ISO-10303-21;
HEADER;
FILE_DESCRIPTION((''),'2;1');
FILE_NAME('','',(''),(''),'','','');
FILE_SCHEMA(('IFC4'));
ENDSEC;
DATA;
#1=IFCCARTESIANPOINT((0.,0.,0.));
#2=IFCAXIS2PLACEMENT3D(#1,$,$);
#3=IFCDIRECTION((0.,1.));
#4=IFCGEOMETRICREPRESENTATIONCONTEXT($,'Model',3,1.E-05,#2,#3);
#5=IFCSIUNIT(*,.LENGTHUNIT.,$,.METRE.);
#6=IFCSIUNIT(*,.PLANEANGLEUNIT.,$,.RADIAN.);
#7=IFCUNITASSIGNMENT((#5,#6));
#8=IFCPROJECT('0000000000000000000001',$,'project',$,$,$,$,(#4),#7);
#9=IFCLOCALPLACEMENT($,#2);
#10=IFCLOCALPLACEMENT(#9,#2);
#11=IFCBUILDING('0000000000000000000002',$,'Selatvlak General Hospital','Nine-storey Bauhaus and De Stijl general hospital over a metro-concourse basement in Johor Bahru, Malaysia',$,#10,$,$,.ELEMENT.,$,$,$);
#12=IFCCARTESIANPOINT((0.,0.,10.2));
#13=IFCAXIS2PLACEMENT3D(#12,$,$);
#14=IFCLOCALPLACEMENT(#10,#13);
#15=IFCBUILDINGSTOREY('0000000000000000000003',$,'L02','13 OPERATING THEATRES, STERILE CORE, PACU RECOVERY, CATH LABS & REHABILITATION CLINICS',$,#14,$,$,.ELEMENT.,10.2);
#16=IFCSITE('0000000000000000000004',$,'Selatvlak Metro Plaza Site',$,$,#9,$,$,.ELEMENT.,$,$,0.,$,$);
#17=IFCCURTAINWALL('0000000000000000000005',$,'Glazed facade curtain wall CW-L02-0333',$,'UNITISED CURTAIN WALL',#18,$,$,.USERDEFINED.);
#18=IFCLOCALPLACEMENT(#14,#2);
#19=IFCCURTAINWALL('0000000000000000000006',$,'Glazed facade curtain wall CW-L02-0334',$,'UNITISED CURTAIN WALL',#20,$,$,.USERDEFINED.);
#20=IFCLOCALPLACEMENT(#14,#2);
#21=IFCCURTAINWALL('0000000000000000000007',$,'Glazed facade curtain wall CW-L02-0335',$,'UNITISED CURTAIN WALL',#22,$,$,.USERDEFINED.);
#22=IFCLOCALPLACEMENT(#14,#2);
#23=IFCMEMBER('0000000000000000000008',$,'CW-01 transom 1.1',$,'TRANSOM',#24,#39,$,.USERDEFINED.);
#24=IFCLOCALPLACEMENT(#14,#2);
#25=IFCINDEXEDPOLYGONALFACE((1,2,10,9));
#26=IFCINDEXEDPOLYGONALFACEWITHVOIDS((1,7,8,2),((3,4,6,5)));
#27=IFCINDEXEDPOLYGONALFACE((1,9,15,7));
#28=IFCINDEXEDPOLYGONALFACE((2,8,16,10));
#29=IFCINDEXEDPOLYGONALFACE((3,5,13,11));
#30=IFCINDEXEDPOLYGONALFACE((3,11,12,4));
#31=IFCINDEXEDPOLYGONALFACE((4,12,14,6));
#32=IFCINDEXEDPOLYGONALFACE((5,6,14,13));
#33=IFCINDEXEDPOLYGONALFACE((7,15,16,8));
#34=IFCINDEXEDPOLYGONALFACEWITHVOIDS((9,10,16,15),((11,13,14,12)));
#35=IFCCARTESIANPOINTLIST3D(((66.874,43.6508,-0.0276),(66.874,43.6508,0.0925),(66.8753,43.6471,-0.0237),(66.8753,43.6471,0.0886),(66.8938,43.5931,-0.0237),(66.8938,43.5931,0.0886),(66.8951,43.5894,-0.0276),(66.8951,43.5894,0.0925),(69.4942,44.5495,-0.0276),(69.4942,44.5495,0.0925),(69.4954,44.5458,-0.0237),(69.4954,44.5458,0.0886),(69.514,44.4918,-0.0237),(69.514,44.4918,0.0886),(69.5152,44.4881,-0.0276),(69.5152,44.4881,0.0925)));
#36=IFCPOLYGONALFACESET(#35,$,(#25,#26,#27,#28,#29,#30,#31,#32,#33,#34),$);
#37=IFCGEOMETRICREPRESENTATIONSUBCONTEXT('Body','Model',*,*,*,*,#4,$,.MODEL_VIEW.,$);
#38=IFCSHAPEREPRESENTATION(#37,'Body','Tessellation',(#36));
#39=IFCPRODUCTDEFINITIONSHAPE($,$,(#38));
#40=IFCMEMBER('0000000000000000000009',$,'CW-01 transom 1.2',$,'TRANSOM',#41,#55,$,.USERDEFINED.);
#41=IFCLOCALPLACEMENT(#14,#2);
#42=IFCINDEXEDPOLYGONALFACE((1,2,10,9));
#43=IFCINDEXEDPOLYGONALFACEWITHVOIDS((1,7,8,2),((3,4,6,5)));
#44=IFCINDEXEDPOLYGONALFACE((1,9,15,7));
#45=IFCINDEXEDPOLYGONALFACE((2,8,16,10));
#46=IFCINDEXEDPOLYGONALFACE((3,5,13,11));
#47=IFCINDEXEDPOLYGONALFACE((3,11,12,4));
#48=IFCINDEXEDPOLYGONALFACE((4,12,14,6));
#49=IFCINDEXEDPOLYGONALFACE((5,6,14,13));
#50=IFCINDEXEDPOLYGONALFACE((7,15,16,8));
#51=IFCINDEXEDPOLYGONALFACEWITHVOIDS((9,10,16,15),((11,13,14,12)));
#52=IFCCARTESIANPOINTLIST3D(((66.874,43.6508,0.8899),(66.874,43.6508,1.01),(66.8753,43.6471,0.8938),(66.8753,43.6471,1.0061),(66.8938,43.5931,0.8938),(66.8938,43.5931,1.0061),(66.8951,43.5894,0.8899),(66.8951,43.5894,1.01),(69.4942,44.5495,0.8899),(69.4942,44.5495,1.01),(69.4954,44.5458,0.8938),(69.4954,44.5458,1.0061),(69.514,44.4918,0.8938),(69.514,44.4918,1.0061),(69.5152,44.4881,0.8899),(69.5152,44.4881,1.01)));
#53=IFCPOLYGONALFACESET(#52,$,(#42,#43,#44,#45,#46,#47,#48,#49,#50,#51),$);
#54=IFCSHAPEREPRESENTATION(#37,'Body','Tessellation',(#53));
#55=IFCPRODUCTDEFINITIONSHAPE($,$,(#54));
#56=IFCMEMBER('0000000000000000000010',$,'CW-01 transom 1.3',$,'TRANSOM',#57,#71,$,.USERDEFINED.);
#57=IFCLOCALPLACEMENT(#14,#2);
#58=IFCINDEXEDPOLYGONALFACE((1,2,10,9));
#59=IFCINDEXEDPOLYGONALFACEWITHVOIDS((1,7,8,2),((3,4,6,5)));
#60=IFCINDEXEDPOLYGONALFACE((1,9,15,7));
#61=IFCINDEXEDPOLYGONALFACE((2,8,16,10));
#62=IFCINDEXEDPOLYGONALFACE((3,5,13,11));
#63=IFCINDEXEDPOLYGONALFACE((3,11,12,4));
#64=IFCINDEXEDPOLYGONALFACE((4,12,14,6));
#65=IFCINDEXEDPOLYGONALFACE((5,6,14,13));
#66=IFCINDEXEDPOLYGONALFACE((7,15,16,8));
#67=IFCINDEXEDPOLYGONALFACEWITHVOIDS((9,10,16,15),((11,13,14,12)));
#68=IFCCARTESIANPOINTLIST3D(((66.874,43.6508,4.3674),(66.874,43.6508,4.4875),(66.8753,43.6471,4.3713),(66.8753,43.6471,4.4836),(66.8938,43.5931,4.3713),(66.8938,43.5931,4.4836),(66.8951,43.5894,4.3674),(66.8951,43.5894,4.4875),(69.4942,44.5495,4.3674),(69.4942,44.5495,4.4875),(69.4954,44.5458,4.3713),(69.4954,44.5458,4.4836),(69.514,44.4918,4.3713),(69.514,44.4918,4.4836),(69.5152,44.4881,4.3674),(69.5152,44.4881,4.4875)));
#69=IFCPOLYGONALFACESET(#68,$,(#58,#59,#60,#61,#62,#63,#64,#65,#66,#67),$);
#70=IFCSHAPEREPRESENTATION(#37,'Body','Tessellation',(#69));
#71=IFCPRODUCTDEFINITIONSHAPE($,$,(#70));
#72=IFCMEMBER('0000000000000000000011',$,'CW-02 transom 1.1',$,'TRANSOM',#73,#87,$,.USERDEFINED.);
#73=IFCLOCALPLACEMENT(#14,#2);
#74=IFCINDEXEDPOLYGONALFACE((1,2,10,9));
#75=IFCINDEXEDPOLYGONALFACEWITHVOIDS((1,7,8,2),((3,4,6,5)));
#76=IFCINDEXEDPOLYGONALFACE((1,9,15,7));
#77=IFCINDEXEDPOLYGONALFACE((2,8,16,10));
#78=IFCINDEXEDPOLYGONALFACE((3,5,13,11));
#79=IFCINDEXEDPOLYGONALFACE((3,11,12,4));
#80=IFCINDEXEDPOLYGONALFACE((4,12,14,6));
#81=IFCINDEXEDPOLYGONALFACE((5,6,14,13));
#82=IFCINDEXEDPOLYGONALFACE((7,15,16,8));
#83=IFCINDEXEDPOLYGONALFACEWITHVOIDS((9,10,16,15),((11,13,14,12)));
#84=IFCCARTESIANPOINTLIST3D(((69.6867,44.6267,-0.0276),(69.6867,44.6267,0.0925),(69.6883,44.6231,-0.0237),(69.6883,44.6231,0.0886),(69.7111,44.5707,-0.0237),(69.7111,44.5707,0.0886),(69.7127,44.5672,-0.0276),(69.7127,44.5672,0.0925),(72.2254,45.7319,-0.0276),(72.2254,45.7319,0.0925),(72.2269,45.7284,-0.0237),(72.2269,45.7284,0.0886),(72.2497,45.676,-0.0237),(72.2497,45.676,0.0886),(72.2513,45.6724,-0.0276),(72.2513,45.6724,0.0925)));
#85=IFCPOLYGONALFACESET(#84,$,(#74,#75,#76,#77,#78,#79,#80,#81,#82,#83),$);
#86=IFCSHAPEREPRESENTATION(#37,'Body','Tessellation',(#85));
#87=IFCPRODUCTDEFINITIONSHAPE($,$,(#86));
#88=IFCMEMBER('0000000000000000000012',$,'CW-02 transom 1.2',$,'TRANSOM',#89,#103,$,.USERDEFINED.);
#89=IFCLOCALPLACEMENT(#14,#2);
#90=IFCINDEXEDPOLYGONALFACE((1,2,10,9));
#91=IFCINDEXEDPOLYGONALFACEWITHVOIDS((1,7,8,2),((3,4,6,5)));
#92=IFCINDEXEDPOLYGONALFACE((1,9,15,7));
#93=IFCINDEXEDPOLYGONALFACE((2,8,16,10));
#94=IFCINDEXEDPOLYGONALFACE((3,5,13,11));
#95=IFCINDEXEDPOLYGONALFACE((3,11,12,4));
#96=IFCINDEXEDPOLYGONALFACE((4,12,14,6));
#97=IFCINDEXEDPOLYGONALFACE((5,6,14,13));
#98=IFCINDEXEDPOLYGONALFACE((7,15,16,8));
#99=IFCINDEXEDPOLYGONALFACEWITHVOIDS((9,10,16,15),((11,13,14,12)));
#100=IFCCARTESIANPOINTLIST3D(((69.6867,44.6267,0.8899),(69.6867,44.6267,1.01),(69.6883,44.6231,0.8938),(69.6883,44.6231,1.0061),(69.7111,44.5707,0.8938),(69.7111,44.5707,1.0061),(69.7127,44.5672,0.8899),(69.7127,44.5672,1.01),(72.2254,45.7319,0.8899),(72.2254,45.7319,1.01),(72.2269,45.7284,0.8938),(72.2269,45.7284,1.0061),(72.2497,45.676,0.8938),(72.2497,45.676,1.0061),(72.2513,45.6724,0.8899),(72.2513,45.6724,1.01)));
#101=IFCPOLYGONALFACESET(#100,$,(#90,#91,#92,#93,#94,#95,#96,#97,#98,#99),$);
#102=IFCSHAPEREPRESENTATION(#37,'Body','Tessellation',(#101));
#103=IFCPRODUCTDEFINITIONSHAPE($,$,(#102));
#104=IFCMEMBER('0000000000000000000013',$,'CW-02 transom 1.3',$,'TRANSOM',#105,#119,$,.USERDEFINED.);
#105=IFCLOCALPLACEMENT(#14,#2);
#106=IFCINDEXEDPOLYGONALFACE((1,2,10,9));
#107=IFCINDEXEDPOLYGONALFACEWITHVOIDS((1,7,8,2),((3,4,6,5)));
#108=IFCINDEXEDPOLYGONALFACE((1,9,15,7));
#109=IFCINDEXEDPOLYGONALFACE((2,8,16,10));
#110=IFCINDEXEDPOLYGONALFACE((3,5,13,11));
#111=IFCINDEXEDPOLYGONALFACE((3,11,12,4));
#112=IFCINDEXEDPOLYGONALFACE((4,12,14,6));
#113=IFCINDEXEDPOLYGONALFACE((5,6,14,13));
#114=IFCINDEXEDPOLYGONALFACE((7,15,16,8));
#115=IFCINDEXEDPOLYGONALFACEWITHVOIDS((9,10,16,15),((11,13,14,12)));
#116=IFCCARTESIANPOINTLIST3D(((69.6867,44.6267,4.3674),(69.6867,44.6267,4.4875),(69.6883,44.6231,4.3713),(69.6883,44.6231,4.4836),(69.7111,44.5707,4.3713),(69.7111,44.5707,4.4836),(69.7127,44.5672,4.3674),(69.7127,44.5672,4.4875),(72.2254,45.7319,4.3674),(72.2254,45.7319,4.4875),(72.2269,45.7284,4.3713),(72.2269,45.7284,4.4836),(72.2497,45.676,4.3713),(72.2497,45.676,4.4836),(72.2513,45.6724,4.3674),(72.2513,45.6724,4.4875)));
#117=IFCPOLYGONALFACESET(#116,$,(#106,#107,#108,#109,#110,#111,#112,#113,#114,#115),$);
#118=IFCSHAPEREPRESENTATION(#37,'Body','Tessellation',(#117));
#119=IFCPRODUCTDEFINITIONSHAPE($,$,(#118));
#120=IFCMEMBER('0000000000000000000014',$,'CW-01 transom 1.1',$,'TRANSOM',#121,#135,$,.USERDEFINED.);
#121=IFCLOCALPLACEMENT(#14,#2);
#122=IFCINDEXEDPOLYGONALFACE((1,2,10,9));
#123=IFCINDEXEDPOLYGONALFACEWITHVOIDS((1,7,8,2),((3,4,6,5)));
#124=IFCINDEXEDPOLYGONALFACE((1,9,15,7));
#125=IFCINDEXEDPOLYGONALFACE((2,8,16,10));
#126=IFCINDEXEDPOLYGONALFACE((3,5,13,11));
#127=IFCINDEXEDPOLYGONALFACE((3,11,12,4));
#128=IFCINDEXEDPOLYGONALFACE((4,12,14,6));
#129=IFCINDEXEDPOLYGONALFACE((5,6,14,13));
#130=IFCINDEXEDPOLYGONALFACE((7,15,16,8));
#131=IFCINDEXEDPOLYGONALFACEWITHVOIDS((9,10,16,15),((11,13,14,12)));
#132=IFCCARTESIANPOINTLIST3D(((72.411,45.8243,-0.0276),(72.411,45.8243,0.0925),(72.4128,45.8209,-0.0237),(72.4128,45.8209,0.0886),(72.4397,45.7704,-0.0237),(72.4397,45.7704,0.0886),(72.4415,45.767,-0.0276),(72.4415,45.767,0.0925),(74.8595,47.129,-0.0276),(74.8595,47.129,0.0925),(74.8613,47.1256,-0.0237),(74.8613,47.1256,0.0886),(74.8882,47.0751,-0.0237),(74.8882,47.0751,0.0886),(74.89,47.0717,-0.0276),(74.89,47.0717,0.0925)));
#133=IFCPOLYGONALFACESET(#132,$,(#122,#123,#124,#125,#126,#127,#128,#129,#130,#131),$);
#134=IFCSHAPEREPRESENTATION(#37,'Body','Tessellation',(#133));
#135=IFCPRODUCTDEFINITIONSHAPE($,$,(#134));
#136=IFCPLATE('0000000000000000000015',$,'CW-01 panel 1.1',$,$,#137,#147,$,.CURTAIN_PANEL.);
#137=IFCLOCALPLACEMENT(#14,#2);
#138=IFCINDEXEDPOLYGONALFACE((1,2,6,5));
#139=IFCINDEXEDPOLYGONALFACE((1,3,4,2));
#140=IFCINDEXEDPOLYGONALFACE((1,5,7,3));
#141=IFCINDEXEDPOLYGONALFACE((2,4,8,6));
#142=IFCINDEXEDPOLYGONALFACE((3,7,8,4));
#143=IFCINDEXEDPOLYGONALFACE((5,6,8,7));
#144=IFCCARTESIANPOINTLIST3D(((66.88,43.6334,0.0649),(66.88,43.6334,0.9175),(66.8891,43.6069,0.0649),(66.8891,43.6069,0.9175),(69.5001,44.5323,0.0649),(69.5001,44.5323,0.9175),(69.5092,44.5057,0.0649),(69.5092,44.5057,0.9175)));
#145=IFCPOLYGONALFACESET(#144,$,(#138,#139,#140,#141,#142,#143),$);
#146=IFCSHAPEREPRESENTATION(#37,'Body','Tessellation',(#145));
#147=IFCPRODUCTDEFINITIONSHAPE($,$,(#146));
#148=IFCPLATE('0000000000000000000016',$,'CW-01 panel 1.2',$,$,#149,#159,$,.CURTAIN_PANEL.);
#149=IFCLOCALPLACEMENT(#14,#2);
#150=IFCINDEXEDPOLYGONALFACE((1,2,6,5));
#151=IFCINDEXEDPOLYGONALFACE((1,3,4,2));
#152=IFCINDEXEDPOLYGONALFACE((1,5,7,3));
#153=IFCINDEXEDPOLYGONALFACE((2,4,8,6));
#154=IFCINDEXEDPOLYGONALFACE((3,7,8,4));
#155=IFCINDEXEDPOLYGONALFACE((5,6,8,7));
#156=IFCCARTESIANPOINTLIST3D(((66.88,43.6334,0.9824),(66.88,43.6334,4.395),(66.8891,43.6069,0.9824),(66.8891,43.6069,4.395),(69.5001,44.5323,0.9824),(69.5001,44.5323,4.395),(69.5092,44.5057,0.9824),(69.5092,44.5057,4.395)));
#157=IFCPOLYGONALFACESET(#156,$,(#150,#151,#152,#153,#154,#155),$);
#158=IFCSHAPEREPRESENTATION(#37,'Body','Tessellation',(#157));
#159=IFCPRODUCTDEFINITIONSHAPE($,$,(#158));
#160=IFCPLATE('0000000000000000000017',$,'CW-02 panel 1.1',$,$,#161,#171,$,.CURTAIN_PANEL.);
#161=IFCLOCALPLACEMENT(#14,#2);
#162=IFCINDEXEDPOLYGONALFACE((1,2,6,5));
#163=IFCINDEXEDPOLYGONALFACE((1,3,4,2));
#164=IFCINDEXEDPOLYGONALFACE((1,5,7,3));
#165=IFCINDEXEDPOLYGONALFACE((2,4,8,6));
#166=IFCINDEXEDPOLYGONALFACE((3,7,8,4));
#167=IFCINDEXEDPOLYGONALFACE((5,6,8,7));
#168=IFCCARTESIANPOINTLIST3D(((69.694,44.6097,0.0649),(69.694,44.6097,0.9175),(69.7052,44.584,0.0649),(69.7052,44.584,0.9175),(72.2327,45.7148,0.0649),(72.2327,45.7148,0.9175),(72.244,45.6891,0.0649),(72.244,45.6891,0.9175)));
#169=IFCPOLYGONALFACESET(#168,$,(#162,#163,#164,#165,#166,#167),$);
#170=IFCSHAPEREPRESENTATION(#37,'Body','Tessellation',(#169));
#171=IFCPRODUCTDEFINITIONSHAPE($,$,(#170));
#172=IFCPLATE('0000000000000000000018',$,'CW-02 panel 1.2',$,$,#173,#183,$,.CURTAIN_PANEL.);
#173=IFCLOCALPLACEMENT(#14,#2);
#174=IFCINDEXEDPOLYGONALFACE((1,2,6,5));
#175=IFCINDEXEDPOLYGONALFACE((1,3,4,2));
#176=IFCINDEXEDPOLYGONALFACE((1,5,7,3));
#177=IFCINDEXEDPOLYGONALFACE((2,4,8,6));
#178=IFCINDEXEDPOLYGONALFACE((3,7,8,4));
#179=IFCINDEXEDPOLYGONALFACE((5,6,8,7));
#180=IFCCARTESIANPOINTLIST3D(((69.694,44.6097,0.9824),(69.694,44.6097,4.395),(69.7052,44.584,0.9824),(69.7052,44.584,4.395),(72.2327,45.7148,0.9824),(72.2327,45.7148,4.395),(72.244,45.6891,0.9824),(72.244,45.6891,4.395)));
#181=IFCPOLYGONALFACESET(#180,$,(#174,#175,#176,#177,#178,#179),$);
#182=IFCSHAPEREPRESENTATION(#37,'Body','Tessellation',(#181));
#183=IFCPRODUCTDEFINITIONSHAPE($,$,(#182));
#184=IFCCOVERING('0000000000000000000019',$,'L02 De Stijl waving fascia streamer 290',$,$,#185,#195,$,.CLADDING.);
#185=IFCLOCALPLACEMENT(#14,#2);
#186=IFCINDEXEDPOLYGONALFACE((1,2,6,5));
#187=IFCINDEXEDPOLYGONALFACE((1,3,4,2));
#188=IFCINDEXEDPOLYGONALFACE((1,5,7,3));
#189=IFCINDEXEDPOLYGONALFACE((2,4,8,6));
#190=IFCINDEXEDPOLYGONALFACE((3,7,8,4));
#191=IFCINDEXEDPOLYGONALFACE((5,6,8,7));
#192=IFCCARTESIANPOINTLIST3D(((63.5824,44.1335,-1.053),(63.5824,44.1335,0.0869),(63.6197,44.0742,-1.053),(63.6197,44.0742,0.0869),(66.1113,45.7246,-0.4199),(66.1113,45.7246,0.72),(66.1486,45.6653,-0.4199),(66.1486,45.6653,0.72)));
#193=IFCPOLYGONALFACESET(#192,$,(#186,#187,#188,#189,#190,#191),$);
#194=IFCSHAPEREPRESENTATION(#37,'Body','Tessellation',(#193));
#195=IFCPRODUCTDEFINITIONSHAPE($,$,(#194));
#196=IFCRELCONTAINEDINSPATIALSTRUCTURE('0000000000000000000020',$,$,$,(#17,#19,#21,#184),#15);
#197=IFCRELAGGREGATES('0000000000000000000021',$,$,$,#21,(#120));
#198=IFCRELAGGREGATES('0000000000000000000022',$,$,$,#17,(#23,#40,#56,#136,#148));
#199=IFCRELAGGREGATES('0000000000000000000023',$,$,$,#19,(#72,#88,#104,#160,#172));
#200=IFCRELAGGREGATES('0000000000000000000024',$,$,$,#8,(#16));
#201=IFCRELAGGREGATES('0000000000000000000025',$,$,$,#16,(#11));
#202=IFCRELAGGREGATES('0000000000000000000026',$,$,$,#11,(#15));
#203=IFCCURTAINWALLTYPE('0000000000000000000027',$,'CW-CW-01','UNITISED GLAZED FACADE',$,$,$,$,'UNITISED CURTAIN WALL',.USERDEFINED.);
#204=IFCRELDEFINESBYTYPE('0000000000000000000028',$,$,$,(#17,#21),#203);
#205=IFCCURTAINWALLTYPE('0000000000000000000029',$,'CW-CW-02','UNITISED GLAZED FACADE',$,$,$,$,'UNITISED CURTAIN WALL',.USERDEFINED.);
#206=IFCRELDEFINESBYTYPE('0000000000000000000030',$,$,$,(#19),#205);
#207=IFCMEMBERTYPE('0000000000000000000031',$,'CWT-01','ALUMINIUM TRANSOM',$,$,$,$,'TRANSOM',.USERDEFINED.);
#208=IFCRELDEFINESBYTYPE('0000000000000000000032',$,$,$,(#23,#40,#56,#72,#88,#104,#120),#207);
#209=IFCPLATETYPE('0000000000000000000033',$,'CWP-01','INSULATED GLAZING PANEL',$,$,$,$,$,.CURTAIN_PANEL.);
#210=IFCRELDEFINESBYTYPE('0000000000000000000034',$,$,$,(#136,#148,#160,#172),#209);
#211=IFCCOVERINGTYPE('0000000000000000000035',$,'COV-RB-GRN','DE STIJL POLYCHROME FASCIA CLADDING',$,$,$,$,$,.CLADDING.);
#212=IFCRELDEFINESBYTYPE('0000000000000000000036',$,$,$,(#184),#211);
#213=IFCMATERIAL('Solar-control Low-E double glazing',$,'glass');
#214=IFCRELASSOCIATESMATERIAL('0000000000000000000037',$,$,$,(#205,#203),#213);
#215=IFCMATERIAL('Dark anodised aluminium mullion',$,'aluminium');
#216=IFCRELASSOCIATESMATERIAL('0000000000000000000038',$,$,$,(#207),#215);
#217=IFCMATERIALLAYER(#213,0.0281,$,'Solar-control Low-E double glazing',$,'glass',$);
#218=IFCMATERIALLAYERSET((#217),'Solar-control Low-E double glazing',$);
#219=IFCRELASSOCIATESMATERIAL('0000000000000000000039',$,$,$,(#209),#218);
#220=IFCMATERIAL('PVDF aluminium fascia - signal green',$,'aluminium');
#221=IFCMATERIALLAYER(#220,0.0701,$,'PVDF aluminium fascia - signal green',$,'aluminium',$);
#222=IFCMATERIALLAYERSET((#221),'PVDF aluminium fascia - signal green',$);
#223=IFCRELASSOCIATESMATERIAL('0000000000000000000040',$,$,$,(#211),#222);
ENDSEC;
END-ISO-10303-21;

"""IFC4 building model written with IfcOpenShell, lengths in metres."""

from ifc_helpers import new_model, si_unit, direction, frame, origin, origin_2d, place, context, subcontext, project, spatial, polyline, rectangle, hollow_rectangle, outline, extrude, material, layer, layer_set, material_profile, profile_set, type_object, element, aggregate, save


model = new_model("IFC4")

# Units and contexts
model_context = context("Model", 3, precision=1e-05, world=origin(), true_north=direction((0.0, 1.0)))
body_context = subcontext(model_context, "Body", "Model", "MODEL_VIEW")
ifc_project = project(units=[si_unit("LENGTHUNIT", "METRE"), si_unit("PLANEANGLEUNIT", "RADIAN")], contexts=[model_context])

# Site, building, storey
site_placement = place(None, origin())
site = spatial("IfcSite", under=ifc_project, at=site_placement, Name="Selatvlak Metro Plaza Site", CompositionType="ELEMENT", RefElevation=0.0)
building_placement = place(site_placement, origin())
building = spatial("IfcBuilding", under=site, at=building_placement, Name="Selatvlak General Hospital", Description="Nine-storey Bauhaus and De Stijl general hospital over a metro-concourse basement in Johor Bahru, Malaysia", CompositionType="ELEMENT")
storey_placement = place(building_placement, frame((0.0, 0.0, 10.2)))
storey = spatial("IfcBuildingStorey", under=building, at=storey_placement, Name="L02", Description="13 OPERATING THEATRES, STERILE CORE, PACU RECOVERY, CATH LABS & REHABILITATION CLINICS", CompositionType="ELEMENT", Elevation=10.2)

# Shared definitions
ifc_material_1 = material(Name="Solar-control Low-E double glazing", Category="glass")
curtain_wall_type_1 = type_object("IfcCurtainWallType", Name="CW-CW-02", Description="UNITISED GLAZED FACADE", ElementType="UNITISED CURTAIN WALL", PredefinedType="USERDEFINED", material=ifc_material_1)
ifc_material_2 = material(Name="Dark anodised aluminium mullion", Category="aluminium")

# Curtain walls
curtain_wall_type_2 = type_object("IfcCurtainWallType", Name="CW-CW-01", Description="UNITISED GLAZED FACADE", ElementType="UNITISED CURTAIN WALL", PredefinedType="USERDEFINED", material=ifc_material_1)
curtain_wall_1_placement = place(storey_placement, origin())
curtain_wall_1 = element("IfcCurtainWall", 1, at=curtain_wall_1_placement, inside=storey, type_object=curtain_wall_type_2, Name="Glazed facade curtain wall CW-L02-0333", ObjectType="UNITISED CURTAIN WALL", PredefinedType="USERDEFINED")
curtain_wall_2_placement = place(storey_placement, origin())
curtain_wall_2 = element("IfcCurtainWall", 2, at=curtain_wall_2_placement, inside=storey, type_object=curtain_wall_type_1, Name="Glazed facade curtain wall CW-L02-0334", ObjectType="UNITISED CURTAIN WALL", PredefinedType="USERDEFINED")

# Curtain wall
curtain_wall_3_placement = place(storey_placement, origin())
curtain_wall_3 = element("IfcCurtainWall", 3, at=curtain_wall_3_placement, inside=storey, type_object=curtain_wall_type_2, Name="Glazed facade curtain wall CW-L02-0335", ObjectType="UNITISED CURTAIN WALL", PredefinedType="USERDEFINED")

# Members
ifc_material_profile_1 = material_profile(ifc_material_2, hollow_rectangle(XDim=0.0649, YDim=0.1201, WallThickness=0.0039, at=origin_2d()), Name="AL-TRN 65x120x4")
ifc_profile_set_1 = profile_set([ifc_material_profile_1], Name="Dark anodised aluminium mullion")
member_type_1 = type_object("IfcMemberType", Name="CWT-01", Description="ALUMINIUM TRANSOM", ElementType="TRANSOM", PredefinedType="USERDEFINED", material=ifc_profile_set_1)
member_1_placement = place(storey_placement, frame((66.8845, 43.6201, 0.0325), z_axis=(0.945907, 0.324439, 0.0), x_axis=(-0.324439, 0.945907, 0.0)))
member_1 = element("IfcMember", 4, at=member_1_placement, type_object=member_type_1, Name="CW-01 transom 1.1", ObjectType="TRANSOM", PredefinedType="USERDEFINED", context=body_context, shape_type="SweptSolid", body=[
    extrude(hollow_rectangle(XDim=0.0649, YDim=0.1201, WallThickness=0.0039, at=origin_2d()), origin(), (0.0, 0.0, 1.0), 2.77),
])
member_2_placement = place(storey_placement, frame((66.8845, 43.6201, 0.95), z_axis=(0.945907, 0.324439, 0.0), x_axis=(-0.324439, 0.945907, 0.0)))
member_2 = element("IfcMember", 5, at=member_2_placement, type_object=member_type_1, Name="CW-01 transom 1.2", ObjectType="TRANSOM", PredefinedType="USERDEFINED", context=body_context, shape_type="SweptSolid", body=[
    extrude(hollow_rectangle(XDim=0.0649, YDim=0.1201, WallThickness=0.0039, at=origin_2d()), origin(), (0.0, 0.0, 1.0), 2.77),
])
member_3_placement = place(storey_placement, frame((66.8845, 43.6201, 4.4275), z_axis=(0.945907, 0.324439, 0.0), x_axis=(-0.324439, 0.945907, 0.0)))
member_3 = element("IfcMember", 6, at=member_3_placement, type_object=member_type_1, Name="CW-01 transom 1.3", ObjectType="TRANSOM", PredefinedType="USERDEFINED", context=body_context, shape_type="SweptSolid", body=[
    extrude(hollow_rectangle(XDim=0.0649, YDim=0.1201, WallThickness=0.0039, at=origin_2d()), origin(), (0.0, 0.0, 1.0), 2.77),
])
member_4_placement = place(storey_placement, frame((69.6997, 44.5969, 0.0325), z_axis=(0.916872, 0.399181, 0.0), x_axis=(-0.399181, 0.916872, 0.0)))
member_4 = element("IfcMember", 7, at=member_4_placement, type_object=member_type_1, Name="CW-02 transom 1.1", ObjectType="TRANSOM", PredefinedType="USERDEFINED", context=body_context, shape_type="SweptSolid", body=[
    extrude(hollow_rectangle(XDim=0.0649, YDim=0.1201, WallThickness=0.0039, at=origin_2d()), origin(), (0.0, 0.0, 1.0), 2.7688),
])
member_5_placement = place(storey_placement, frame((69.6997, 44.5969, 0.95), z_axis=(0.916872, 0.399181, 0.0), x_axis=(-0.399181, 0.916872, 0.0)))
member_5 = element("IfcMember", 8, at=member_5_placement, type_object=member_type_1, Name="CW-02 transom 1.2", ObjectType="TRANSOM", PredefinedType="USERDEFINED", context=body_context, shape_type="SweptSolid", body=[
    extrude(hollow_rectangle(XDim=0.0649, YDim=0.1201, WallThickness=0.0039, at=origin_2d()), origin(), (0.0, 0.0, 1.0), 2.7688),
])
member_6_placement = place(storey_placement, frame((69.6997, 44.5969, 4.4275), z_axis=(0.916872, 0.399181, 0.0), x_axis=(-0.399181, 0.916872, 0.0)))
member_6 = element("IfcMember", 9, at=member_6_placement, type_object=member_type_1, Name="CW-02 transom 1.3", ObjectType="TRANSOM", PredefinedType="USERDEFINED", context=body_context, shape_type="SweptSolid", body=[
    extrude(hollow_rectangle(XDim=0.0649, YDim=0.1201, WallThickness=0.0039, at=origin_2d()), origin(), (0.0, 0.0, 1.0), 2.7688),
])
member_7_placement = place(storey_placement, frame((72.4263, 45.7957, 0.0325), z_axis=(0.882528, 0.470259, 0.0), x_axis=(-0.470259, 0.882528, 0.0)))
member_7 = element("IfcMember", 10, at=member_7_placement, type_object=member_type_1, Name="CW-01 transom 1.1", ObjectType="TRANSOM", PredefinedType="USERDEFINED", context=body_context, shape_type="SweptSolid", body=[
    extrude(hollow_rectangle(XDim=0.0649, YDim=0.1201, WallThickness=0.0039, at=origin_2d()), origin(), (0.0, 0.0, 1.0), 2.7744),
])
aggregate(curtain_wall_3, [member_7])

# Plates
ifc_layer_1 = layer(ifc_material_1, 0.0281, Name="Solar-control Low-E double glazing", Category="glass")
ifc_layer_set_1 = layer_set([ifc_layer_1], Name="Solar-control Low-E double glazing")
plate_type = type_object("IfcPlateType", Name="CWP-01", Description="INSULATED GLAZING PANEL", PredefinedType="CURTAIN_PANEL", material=ifc_layer_set_1)
plate_1_placement = place(storey_placement, frame((68.1946, 44.0696, 0.0649), z_axis=(0.0, 0.0, 1.0), x_axis=(0.945889, 0.324492, 0.0)))
plate_1 = element("IfcPlate", 11, at=plate_1_placement, type_object=plate_type, Name="CW-01 panel 1.1", PredefinedType="CURTAIN_PANEL", context=body_context, shape_type="SweptSolid", body=[
    extrude(rectangle(XDim=2.77, YDim=0.0281, at=origin_2d()), origin(), (0.0, 0.0, 1.0), 0.8525),
])
plate_2_placement = place(storey_placement, frame((68.1946, 44.0696, 0.9824), z_axis=(0.0, 0.0, 1.0), x_axis=(0.945889, 0.324492, 0.0)))
plate_2 = element("IfcPlate", 12, at=plate_2_placement, type_object=plate_type, Name="CW-01 panel 1.2", PredefinedType="CURTAIN_PANEL", context=body_context, shape_type="SweptSolid", body=[
    extrude(rectangle(XDim=2.77, YDim=0.0281, at=origin_2d()), origin(), (0.0, 0.0, 1.0), 3.4126),
])
aggregate(curtain_wall_1, [member_1, member_2, member_3, plate_1, plate_2])
plate_3_placement = place(storey_placement, frame((70.969, 45.1494, 0.0649), z_axis=(0.0, 0.0, 1.0), x_axis=(0.9169, 0.399117, 0.0)))
plate_3 = element("IfcPlate", 13, at=plate_3_placement, type_object=plate_type, Name="CW-02 panel 1.1", PredefinedType="CURTAIN_PANEL", context=body_context, shape_type="SweptSolid", body=[
    extrude(rectangle(XDim=2.7688, YDim=0.0281, at=origin_2d()), origin(), (0.0, 0.0, 1.0), 0.8525),
])
plate_4_placement = place(storey_placement, frame((70.969, 45.1494, 0.9824), z_axis=(0.0, 0.0, 1.0), x_axis=(0.9169, 0.399117, 0.0)))
plate_4 = element("IfcPlate", 14, at=plate_4_placement, type_object=plate_type, Name="CW-02 panel 1.2", PredefinedType="CURTAIN_PANEL", context=body_context, shape_type="SweptSolid", body=[
    extrude(rectangle(XDim=2.7688, YDim=0.0281, at=origin_2d()), origin(), (0.0, 0.0, 1.0), 3.4126),
])
aggregate(curtain_wall_2, [member_4, member_5, member_6, plate_3, plate_4])

# Covering
ifc_material_3 = material(Name="PVDF aluminium fascia - signal green", Category="aluminium")
ifc_layer_2 = layer(ifc_material_3, 0.0701, Name="PVDF aluminium fascia - signal green", Category="aluminium")
ifc_layer_set_2 = layer_set([ifc_layer_2], Name="PVDF aluminium fascia - signal green")
covering_type = type_object("IfcCoveringType", Name="COV-RB-GRN", Description="DE STIJL POLYCHROME FASCIA CLADDING", PredefinedType="CLADDING", material=ifc_layer_set_2)
covering_placement = place(storey_placement, frame((66.1299, 45.6951, -0.4199), z_axis=(0.0, 0.0, 1.0), x_axis=(-0.846406, -0.532538, 0.0)))
element("IfcCovering", 15, at=covering_placement, inside=storey, type_object=covering_type, Name="L02 De Stijl waving fascia streamer 290", PredefinedType="CLADDING", context=body_context, shape_type="SweptSolid", body=[
    extrude(outline(polyline([(0.0, 0.0), (2.9878, -0.6331), (2.9878, 0.5068), (0.0, 1.1399), (0.0, 0.0)])), frame((0.0, 0.0352, 0.0), z_axis=(0.0, -1.0, 0.0), x_axis=(1.0, 0.0, 0.0)), (0.0, 0.0, 1.0), 0.0701),
])

save(model, "model.ifc")
